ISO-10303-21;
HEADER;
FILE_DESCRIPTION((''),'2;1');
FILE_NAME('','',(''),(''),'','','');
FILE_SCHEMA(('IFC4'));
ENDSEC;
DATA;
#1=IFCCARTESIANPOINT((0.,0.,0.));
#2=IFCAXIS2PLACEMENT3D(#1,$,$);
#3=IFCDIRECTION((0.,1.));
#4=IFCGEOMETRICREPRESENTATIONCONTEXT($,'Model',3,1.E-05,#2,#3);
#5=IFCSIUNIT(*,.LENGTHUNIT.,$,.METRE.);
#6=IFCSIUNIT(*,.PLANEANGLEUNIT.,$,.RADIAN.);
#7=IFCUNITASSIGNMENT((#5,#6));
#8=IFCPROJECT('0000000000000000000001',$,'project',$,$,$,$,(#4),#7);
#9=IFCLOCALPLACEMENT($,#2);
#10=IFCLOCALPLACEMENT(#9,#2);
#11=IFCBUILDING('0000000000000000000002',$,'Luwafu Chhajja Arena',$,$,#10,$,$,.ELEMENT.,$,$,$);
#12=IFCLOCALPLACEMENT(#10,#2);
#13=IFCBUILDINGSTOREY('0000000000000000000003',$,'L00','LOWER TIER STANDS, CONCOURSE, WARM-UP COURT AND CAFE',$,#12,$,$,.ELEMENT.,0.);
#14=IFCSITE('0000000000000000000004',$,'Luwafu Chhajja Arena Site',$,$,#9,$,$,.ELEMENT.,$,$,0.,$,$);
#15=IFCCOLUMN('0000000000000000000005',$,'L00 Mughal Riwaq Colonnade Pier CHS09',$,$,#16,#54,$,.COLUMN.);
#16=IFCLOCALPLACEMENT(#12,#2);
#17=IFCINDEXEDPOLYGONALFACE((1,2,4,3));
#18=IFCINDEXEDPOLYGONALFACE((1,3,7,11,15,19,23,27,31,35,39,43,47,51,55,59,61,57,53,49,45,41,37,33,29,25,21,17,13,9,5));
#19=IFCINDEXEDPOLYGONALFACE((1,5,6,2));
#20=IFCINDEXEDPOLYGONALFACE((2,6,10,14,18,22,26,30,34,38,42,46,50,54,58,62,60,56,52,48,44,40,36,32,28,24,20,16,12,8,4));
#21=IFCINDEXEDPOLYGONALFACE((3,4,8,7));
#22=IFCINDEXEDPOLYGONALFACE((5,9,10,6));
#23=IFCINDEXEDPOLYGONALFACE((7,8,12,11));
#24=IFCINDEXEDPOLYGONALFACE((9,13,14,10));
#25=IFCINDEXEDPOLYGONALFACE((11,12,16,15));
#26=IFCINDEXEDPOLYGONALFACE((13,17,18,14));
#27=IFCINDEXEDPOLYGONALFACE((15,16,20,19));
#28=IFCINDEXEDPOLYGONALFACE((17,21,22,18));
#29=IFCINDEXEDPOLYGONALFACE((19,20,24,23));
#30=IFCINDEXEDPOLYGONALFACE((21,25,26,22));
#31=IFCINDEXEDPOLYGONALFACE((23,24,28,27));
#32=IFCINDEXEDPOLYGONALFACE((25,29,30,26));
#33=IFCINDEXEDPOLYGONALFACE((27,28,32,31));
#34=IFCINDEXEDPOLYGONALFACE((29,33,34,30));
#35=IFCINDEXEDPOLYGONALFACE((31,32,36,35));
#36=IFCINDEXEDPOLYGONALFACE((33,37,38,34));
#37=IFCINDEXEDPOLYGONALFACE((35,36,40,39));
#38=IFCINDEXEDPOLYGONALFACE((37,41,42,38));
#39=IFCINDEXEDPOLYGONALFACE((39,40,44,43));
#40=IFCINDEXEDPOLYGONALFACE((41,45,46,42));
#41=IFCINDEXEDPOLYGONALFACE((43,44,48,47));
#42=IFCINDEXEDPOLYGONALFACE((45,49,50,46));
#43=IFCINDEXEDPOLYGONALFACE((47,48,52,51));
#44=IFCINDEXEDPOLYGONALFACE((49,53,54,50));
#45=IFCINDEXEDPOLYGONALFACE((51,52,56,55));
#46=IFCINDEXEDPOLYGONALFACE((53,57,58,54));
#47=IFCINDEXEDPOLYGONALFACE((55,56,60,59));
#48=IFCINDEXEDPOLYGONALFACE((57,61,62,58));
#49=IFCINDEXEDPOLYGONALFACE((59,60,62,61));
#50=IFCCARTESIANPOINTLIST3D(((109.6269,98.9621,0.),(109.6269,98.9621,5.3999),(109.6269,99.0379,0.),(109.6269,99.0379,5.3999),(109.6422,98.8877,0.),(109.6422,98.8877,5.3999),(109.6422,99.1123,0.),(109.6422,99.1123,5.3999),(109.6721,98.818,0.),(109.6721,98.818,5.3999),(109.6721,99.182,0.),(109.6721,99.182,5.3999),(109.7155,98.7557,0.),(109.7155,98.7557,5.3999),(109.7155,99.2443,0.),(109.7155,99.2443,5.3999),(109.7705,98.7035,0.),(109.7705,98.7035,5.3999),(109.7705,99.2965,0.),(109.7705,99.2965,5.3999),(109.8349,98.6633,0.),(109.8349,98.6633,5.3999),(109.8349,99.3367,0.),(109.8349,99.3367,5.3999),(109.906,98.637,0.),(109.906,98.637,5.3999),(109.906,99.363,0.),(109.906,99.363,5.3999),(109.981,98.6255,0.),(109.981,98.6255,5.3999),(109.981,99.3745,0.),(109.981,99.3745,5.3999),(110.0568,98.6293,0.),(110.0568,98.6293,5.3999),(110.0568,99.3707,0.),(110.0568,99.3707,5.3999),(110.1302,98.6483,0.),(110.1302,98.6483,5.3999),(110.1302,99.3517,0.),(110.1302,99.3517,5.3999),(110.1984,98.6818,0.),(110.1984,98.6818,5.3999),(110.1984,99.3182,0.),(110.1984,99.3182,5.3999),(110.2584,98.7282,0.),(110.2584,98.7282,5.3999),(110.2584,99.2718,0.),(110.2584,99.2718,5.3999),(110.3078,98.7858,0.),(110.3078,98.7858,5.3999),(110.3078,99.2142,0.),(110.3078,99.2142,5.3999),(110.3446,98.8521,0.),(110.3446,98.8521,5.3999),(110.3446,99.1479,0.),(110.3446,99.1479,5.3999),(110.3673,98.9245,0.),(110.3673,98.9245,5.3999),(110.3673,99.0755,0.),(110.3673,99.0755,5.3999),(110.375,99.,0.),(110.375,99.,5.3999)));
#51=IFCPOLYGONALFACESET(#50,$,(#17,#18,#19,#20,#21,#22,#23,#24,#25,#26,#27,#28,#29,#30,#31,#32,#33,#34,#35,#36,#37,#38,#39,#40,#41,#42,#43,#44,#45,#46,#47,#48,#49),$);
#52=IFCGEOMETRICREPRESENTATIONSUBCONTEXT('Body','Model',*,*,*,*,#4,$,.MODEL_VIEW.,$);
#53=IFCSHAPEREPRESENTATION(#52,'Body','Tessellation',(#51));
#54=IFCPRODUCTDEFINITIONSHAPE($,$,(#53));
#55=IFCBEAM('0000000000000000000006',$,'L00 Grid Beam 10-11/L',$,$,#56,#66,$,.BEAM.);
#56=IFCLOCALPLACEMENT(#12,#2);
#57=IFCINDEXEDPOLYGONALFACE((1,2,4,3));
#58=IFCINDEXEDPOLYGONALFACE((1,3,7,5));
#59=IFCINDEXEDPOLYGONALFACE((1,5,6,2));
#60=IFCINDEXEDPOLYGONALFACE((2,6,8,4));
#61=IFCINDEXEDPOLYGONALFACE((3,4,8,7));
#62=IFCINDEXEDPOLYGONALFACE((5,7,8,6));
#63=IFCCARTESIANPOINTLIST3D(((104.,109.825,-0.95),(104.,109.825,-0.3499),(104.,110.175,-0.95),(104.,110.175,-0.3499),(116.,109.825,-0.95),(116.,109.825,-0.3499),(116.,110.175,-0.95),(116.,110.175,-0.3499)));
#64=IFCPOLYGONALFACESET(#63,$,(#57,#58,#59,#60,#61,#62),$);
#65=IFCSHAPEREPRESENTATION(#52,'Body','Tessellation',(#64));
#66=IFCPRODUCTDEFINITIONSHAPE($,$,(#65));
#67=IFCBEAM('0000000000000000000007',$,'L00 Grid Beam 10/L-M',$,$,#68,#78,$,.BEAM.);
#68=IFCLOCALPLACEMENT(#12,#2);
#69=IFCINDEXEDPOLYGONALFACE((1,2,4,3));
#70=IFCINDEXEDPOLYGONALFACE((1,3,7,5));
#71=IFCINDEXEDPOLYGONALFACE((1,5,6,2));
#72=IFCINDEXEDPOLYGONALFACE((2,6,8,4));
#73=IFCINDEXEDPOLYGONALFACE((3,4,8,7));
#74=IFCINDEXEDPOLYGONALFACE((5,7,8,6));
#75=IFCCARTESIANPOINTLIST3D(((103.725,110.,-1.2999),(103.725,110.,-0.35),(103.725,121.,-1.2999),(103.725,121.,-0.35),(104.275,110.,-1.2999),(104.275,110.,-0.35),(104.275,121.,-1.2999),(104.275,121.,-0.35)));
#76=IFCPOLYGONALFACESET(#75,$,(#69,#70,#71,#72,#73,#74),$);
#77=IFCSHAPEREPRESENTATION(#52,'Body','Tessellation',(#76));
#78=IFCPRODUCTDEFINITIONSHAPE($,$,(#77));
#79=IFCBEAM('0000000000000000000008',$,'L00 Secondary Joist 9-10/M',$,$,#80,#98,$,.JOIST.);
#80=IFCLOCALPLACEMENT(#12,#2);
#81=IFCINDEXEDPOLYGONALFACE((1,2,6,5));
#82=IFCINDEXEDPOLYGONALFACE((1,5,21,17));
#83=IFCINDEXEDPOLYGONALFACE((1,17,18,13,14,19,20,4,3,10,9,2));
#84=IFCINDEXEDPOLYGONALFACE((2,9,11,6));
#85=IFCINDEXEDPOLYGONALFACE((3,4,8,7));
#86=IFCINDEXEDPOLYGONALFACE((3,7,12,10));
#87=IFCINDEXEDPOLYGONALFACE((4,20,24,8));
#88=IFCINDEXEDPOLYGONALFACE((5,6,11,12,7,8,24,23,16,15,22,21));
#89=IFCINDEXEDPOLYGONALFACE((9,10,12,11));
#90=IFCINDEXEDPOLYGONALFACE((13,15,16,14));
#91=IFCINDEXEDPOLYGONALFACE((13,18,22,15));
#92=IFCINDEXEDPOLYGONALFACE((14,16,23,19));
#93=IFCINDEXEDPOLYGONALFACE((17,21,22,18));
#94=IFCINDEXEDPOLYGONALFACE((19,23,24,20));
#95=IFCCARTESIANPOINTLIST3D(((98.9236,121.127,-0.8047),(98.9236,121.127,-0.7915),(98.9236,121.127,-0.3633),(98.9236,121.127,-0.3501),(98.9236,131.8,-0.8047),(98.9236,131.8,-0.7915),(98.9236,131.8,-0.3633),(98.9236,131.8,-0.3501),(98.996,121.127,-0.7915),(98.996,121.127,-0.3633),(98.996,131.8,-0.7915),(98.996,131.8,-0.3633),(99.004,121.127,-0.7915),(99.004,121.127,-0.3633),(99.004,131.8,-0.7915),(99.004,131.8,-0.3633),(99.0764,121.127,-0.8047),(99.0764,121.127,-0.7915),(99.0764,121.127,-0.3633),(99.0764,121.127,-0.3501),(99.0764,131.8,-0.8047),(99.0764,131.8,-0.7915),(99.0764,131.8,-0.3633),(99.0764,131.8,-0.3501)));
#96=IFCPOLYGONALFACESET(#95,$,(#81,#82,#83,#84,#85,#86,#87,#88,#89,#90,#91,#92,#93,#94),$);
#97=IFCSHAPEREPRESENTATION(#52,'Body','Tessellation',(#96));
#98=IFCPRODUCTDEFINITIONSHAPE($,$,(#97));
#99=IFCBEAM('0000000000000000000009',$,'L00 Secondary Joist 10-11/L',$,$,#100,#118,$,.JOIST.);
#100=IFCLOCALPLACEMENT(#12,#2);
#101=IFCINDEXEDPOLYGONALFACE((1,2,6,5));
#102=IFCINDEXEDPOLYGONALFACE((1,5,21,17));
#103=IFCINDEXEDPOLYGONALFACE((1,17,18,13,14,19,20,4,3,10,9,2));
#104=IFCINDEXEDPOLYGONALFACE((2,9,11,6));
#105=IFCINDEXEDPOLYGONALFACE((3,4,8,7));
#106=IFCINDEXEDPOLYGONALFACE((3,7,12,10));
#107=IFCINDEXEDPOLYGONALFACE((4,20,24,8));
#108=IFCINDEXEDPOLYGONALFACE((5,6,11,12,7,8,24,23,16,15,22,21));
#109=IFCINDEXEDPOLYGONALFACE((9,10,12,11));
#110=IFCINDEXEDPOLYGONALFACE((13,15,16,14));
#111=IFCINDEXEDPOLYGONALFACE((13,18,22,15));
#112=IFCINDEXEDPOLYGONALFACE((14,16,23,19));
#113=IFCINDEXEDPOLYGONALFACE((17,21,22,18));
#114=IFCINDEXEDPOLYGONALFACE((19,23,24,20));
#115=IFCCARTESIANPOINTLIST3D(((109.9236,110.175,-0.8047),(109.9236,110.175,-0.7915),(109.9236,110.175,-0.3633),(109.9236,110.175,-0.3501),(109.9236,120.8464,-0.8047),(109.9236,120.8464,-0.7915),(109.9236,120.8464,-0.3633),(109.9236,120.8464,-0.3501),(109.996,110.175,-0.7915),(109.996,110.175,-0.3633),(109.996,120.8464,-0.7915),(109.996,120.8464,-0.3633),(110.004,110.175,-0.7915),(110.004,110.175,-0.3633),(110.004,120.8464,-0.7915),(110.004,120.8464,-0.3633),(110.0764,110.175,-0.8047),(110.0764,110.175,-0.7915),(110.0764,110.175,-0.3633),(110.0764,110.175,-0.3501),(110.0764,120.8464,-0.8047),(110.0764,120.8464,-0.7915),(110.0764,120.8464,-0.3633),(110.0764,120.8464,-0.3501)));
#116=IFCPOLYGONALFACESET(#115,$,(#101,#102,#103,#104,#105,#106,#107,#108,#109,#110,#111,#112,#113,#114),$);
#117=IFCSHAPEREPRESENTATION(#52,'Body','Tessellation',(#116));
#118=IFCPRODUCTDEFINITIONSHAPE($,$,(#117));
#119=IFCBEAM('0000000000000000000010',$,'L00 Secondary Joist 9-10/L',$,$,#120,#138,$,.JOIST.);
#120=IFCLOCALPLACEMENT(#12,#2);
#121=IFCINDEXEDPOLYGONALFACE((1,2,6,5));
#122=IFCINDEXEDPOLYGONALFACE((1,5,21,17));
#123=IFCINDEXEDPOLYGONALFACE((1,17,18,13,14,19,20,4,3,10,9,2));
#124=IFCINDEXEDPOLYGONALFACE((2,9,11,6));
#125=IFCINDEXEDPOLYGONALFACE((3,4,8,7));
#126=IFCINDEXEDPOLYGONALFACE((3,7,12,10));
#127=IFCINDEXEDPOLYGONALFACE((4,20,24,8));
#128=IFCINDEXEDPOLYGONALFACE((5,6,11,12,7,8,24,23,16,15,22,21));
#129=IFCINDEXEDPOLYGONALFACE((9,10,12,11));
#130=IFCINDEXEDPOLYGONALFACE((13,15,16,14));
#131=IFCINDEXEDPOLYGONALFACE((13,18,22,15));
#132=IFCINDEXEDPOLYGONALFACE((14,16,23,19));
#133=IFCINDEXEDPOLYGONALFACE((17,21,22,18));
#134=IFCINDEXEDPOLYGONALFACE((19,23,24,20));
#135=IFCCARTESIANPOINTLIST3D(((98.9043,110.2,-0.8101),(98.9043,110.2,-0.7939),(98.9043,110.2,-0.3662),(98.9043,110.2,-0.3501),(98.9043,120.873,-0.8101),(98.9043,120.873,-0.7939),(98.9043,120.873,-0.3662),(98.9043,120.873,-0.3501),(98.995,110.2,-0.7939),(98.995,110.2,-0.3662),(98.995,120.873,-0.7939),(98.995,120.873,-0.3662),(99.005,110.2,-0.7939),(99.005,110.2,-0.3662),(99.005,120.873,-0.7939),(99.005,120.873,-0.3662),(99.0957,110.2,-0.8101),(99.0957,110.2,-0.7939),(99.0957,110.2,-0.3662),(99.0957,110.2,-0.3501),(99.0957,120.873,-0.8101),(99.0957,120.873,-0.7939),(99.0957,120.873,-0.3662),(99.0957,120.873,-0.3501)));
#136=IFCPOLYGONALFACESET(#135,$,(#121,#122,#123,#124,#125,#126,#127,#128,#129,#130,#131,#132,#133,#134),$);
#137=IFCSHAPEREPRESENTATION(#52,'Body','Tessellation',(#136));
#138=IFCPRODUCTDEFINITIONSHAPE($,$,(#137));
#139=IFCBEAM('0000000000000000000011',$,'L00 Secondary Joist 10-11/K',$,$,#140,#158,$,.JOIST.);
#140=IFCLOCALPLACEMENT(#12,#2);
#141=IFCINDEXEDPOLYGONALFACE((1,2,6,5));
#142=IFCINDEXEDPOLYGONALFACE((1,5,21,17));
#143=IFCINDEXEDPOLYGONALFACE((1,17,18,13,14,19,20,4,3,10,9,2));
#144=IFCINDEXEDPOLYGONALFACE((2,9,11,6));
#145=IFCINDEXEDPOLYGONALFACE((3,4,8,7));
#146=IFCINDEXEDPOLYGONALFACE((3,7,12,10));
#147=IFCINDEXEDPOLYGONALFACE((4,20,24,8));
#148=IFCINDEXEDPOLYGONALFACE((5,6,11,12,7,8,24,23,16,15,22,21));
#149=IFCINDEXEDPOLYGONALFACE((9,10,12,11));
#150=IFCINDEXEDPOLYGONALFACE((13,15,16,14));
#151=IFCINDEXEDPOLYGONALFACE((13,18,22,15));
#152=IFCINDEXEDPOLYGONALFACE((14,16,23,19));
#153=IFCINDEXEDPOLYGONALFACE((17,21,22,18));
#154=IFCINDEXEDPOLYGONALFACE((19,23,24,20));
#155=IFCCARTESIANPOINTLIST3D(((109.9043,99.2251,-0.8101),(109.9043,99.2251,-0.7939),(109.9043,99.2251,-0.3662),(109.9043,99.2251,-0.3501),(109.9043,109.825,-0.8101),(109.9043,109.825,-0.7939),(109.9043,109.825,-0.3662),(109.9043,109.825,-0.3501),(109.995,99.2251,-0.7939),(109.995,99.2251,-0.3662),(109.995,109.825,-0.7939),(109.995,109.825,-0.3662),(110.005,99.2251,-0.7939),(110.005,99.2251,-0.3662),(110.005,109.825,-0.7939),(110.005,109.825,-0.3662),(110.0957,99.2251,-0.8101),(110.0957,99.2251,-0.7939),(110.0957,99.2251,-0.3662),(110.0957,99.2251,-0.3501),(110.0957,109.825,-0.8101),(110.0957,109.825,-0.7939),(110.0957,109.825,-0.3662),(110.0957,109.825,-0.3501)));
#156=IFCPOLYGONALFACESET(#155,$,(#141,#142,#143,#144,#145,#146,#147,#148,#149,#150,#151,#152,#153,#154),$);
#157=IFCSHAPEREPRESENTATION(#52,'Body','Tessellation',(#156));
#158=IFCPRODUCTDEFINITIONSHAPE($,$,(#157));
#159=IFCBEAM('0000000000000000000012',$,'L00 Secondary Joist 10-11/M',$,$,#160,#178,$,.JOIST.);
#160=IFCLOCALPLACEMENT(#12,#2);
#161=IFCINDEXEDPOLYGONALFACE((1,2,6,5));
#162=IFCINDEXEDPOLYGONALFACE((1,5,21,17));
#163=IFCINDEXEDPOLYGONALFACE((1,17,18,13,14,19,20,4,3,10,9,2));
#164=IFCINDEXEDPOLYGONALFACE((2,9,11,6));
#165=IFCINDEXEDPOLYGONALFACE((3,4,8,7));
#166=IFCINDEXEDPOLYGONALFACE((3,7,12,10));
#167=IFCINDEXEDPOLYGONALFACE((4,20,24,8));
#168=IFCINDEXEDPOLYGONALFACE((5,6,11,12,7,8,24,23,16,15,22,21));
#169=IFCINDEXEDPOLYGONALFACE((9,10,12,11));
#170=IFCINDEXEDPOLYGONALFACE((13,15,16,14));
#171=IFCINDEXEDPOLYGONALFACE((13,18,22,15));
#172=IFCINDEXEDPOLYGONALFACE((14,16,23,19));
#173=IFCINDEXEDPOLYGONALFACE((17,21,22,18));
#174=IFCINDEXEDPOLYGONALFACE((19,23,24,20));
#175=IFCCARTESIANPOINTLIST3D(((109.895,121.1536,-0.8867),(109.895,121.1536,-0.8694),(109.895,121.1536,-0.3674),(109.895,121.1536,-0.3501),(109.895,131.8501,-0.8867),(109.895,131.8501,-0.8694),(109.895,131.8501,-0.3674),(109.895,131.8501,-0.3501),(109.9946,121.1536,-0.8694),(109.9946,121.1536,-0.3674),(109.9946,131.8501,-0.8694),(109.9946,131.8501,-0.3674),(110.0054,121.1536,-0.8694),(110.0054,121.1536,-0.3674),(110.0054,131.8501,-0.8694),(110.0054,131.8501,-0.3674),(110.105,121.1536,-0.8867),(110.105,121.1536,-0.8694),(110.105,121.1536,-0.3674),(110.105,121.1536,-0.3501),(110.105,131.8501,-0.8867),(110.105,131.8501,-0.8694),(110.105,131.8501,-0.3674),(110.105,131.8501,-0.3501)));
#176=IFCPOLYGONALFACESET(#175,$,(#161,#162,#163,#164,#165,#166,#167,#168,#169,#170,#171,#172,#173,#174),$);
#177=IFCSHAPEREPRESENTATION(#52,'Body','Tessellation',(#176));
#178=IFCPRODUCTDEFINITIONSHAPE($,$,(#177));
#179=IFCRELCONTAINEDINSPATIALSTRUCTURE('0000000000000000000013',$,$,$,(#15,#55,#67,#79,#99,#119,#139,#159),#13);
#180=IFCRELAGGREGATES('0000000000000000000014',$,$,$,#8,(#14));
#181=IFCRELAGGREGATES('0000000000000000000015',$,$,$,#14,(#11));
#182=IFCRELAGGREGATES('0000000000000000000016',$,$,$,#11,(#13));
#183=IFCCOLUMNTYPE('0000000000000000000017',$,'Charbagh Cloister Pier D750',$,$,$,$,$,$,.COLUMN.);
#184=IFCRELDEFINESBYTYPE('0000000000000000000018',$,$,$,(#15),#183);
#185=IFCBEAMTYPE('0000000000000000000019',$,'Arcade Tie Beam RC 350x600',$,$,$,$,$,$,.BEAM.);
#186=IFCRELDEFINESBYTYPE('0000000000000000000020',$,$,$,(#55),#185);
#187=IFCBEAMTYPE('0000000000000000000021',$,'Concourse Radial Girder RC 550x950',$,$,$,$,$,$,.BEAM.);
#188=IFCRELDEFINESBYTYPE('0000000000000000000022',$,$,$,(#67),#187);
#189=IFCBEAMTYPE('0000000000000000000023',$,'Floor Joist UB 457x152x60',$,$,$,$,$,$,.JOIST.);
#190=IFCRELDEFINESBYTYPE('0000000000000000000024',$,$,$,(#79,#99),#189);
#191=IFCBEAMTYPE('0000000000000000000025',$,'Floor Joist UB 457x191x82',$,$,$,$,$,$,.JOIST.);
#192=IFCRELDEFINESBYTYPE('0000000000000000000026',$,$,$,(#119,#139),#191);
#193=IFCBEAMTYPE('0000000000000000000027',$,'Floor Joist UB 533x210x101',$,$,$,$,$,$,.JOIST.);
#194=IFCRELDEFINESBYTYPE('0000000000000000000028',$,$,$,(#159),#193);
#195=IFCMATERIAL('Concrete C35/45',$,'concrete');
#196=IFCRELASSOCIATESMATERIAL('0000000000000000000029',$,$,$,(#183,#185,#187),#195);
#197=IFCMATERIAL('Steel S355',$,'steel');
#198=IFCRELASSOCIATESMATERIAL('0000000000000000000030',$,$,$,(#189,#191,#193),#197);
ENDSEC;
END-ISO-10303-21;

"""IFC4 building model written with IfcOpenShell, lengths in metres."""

from ifc_helpers import new_model, si_unit, direction, frame, origin, origin_2d, place, context, subcontext, project, spatial, rectangle, circle, i_section, extrude, material, material_profile, profile_set, type_object, element, save


model = new_model("IFC4")

# Units and contexts
model_context = context("Model", 3, precision=1e-05, world=origin(), true_north=direction((0.0, 1.0)))
body_context = subcontext(model_context, "Body", "Model", "MODEL_VIEW")
ifc_project = project(units=[si_unit("LENGTHUNIT", "METRE"), si_unit("PLANEANGLEUNIT", "RADIAN")], contexts=[model_context])

# Site, building, storey
site_placement = place(None, origin())
site = spatial("IfcSite", under=ifc_project, at=site_placement, Name="Luwafu Chhajja Arena Site", CompositionType="ELEMENT", RefElevation=0.0)
building_placement = place(site_placement, origin())
building = spatial("IfcBuilding", under=site, at=building_placement, Name="Luwafu Chhajja Arena", CompositionType="ELEMENT")
storey_placement = place(building_placement, origin())
storey = spatial("IfcBuildingStorey", under=building, at=storey_placement, Name="L00", Description="LOWER TIER STANDS, CONCOURSE, WARM-UP COURT AND CAFE", CompositionType="ELEMENT", Elevation=0.0)

# Column
ifc_material_1 = material(Name="Concrete C35/45", Category="concrete")
ifc_material_profile_1 = material_profile(ifc_material_1, circle(Radius=0.375, at=origin_2d()), Name="RC COL D750")
ifc_profile_set_1 = profile_set([ifc_material_profile_1], Name="Concrete C35/45")
column_type = type_object("IfcColumnType", Name="Charbagh Cloister Pier D750", PredefinedType="COLUMN", material=ifc_profile_set_1)
column_placement = place(storey_placement, frame((110.0, 99.0, 0.0), z_axis=(0.0, 0.0, 1.0), x_axis=(1.0, 0.0, 0.0)))
element("IfcColumn", 1, at=column_placement, inside=storey, type_object=column_type, Name="L00 Mughal Riwaq Colonnade Pier CHS09", PredefinedType="COLUMN", context=body_context, shape_type="SweptSolid", body=[
    extrude(circle(Radius=0.375, at=origin_2d()), origin(), (0.0, 0.0, 1.0), 5.3999),
])

# Beams
ifc_material_profile_2 = material_profile(ifc_material_1, rectangle(XDim=0.3501, YDim=0.6001, at=origin_2d()), Name="RC 350x600")
ifc_profile_set_2 = profile_set([ifc_material_profile_2], Name="Concrete C35/45")
beam_type_1 = type_object("IfcBeamType", Name="Arcade Tie Beam RC 350x600", PredefinedType="BEAM", material=ifc_profile_set_2)
beam_1_placement = place(storey_placement, frame((104.0, 110.0, -0.6499), z_axis=(1.0, 0.0, 0.0), x_axis=(0.0, 1.0, 0.0)))
element("IfcBeam", 2, at=beam_1_placement, inside=storey, type_object=beam_type_1, Name="L00 Grid Beam 10-11/L", PredefinedType="BEAM", context=body_context, shape_type="SweptSolid", body=[
    extrude(rectangle(XDim=0.3501, YDim=0.6001, at=origin_2d()), origin(), (0.0, 0.0, 1.0), 12.0),
])
ifc_material_profile_3 = material_profile(ifc_material_1, rectangle(XDim=0.55, YDim=0.95, at=origin_2d()), Name="RC 550x950")
ifc_profile_set_3 = profile_set([ifc_material_profile_3], Name="Concrete C35/45")
beam_type_2 = type_object("IfcBeamType", Name="Concourse Radial Girder RC 550x950", PredefinedType="BEAM", material=ifc_profile_set_3)
beam_2_placement = place(storey_placement, frame((104.0, 110.0, -0.825), z_axis=(0.0, 1.0, 0.0), x_axis=(-1.0, 0.0, 0.0)))
element("IfcBeam", 3, at=beam_2_placement, inside=storey, type_object=beam_type_2, Name="L00 Grid Beam 10/L-M", PredefinedType="BEAM", context=body_context, shape_type="SweptSolid", body=[
    extrude(rectangle(XDim=0.55, YDim=0.95, at=origin_2d()), origin(), (0.0, 0.0, 1.0), 11.0),
])
ifc_material_2 = material(Name="Steel S355", Category="steel")
ifc_material_profile_4 = material_profile(ifc_material_2, i_section(OverallWidth=0.1528, OverallDepth=0.4546, WebThickness=0.0081, FlangeThickness=0.0132, at=origin_2d()), Name="UB 457x152x60")
ifc_profile_set_4 = profile_set([ifc_material_profile_4], Name="Steel S355")
beam_type_3 = type_object("IfcBeamType", Name="Floor Joist UB 457x152x60", PredefinedType="JOIST", material=ifc_profile_set_4)
beam_3_placement = place(storey_placement, frame((99.0, 121.127, -0.5774), z_axis=(0.0, 1.0, 0.0), x_axis=(-1.0, 0.0, 0.0)))
element("IfcBeam", 4, at=beam_3_placement, inside=storey, type_object=beam_type_3, Name="L00 Secondary Joist 9-10/M", PredefinedType="JOIST", context=body_context, shape_type="SweptSolid", body=[
    extrude(i_section(OverallWidth=0.1528, OverallDepth=0.4546, WebThickness=0.0081, FlangeThickness=0.0132, at=origin_2d()), origin(), (0.0, 0.0, 1.0), 10.6731),
])
beam_4_placement = place(storey_placement, frame((110.0, 110.175, -0.5774), z_axis=(0.0, 1.0, 0.0), x_axis=(-1.0, 0.0, 0.0)))
element("IfcBeam", 5, at=beam_4_placement, inside=storey, type_object=beam_type_3, Name="L00 Secondary Joist 10-11/L", PredefinedType="JOIST", context=body_context, shape_type="SweptSolid", body=[
    extrude(i_section(OverallWidth=0.1528, OverallDepth=0.4546, WebThickness=0.0081, FlangeThickness=0.0132, at=origin_2d()), origin(), (0.0, 0.0, 1.0), 10.6714),
])
ifc_material_profile_5 = material_profile(ifc_material_2, i_section(OverallWidth=0.1914, OverallDepth=0.46, WebThickness=0.01, FlangeThickness=0.0161, at=origin_2d()), Name="UB 457x191x82")
ifc_profile_set_5 = profile_set([ifc_material_profile_5], Name="Steel S355")
beam_type_4 = type_object("IfcBeamType", Name="Floor Joist UB 457x191x82", PredefinedType="JOIST", material=ifc_profile_set_5)
beam_5_placement = place(storey_placement, frame((99.0, 110.2, -0.5801), z_axis=(0.0, 1.0, 0.0), x_axis=(-1.0, 0.0, 0.0)))
element("IfcBeam", 6, at=beam_5_placement, inside=storey, type_object=beam_type_4, Name="L00 Secondary Joist 9-10/L", PredefinedType="JOIST", context=body_context, shape_type="SweptSolid", body=[
    extrude(i_section(OverallWidth=0.1914, OverallDepth=0.46, WebThickness=0.01, FlangeThickness=0.0161, at=origin_2d()), origin(), (0.0, 0.0, 1.0), 10.6731),
])
beam_6_placement = place(storey_placement, frame((110.0, 99.2251, -0.5801), z_axis=(0.0, 1.0, 0.0), x_axis=(-1.0, 0.0, 0.0)))
element("IfcBeam", 7, at=beam_6_placement, inside=storey, type_object=beam_type_4, Name="L00 Secondary Joist 10-11/K", PredefinedType="JOIST", context=body_context, shape_type="SweptSolid", body=[
    extrude(i_section(OverallWidth=0.1914, OverallDepth=0.46, WebThickness=0.01, FlangeThickness=0.0161, at=origin_2d()), origin(), (0.0, 0.0, 1.0), 10.5999),
])
ifc_material_profile_6 = material_profile(ifc_material_2, i_section(OverallWidth=0.21, OverallDepth=0.5366, WebThickness=0.0107, FlangeThickness=0.0173, at=origin_2d()), Name="UB 533x210x101")
ifc_profile_set_6 = profile_set([ifc_material_profile_6], Name="Steel S355")
beam_type_5 = type_object("IfcBeamType", Name="Floor Joist UB 533x210x101", PredefinedType="JOIST", material=ifc_profile_set_6)
beam_7_placement = place(storey_placement, frame((110.0, 121.1536, -0.6184), z_axis=(0.0, 1.0, 0.0), x_axis=(-1.0, 0.0, 0.0)))
element("IfcBeam", 8, at=beam_7_placement, inside=storey, type_object=beam_type_5, Name="L00 Secondary Joist 10-11/M", PredefinedType="JOIST", context=body_context, shape_type="SweptSolid", body=[
    extrude(i_section(OverallWidth=0.21, OverallDepth=0.5366, WebThickness=0.0107, FlangeThickness=0.0173, at=origin_2d()), origin(), (0.0, 0.0, 1.0), 10.6965),
])

save(model, "model.ifc")
